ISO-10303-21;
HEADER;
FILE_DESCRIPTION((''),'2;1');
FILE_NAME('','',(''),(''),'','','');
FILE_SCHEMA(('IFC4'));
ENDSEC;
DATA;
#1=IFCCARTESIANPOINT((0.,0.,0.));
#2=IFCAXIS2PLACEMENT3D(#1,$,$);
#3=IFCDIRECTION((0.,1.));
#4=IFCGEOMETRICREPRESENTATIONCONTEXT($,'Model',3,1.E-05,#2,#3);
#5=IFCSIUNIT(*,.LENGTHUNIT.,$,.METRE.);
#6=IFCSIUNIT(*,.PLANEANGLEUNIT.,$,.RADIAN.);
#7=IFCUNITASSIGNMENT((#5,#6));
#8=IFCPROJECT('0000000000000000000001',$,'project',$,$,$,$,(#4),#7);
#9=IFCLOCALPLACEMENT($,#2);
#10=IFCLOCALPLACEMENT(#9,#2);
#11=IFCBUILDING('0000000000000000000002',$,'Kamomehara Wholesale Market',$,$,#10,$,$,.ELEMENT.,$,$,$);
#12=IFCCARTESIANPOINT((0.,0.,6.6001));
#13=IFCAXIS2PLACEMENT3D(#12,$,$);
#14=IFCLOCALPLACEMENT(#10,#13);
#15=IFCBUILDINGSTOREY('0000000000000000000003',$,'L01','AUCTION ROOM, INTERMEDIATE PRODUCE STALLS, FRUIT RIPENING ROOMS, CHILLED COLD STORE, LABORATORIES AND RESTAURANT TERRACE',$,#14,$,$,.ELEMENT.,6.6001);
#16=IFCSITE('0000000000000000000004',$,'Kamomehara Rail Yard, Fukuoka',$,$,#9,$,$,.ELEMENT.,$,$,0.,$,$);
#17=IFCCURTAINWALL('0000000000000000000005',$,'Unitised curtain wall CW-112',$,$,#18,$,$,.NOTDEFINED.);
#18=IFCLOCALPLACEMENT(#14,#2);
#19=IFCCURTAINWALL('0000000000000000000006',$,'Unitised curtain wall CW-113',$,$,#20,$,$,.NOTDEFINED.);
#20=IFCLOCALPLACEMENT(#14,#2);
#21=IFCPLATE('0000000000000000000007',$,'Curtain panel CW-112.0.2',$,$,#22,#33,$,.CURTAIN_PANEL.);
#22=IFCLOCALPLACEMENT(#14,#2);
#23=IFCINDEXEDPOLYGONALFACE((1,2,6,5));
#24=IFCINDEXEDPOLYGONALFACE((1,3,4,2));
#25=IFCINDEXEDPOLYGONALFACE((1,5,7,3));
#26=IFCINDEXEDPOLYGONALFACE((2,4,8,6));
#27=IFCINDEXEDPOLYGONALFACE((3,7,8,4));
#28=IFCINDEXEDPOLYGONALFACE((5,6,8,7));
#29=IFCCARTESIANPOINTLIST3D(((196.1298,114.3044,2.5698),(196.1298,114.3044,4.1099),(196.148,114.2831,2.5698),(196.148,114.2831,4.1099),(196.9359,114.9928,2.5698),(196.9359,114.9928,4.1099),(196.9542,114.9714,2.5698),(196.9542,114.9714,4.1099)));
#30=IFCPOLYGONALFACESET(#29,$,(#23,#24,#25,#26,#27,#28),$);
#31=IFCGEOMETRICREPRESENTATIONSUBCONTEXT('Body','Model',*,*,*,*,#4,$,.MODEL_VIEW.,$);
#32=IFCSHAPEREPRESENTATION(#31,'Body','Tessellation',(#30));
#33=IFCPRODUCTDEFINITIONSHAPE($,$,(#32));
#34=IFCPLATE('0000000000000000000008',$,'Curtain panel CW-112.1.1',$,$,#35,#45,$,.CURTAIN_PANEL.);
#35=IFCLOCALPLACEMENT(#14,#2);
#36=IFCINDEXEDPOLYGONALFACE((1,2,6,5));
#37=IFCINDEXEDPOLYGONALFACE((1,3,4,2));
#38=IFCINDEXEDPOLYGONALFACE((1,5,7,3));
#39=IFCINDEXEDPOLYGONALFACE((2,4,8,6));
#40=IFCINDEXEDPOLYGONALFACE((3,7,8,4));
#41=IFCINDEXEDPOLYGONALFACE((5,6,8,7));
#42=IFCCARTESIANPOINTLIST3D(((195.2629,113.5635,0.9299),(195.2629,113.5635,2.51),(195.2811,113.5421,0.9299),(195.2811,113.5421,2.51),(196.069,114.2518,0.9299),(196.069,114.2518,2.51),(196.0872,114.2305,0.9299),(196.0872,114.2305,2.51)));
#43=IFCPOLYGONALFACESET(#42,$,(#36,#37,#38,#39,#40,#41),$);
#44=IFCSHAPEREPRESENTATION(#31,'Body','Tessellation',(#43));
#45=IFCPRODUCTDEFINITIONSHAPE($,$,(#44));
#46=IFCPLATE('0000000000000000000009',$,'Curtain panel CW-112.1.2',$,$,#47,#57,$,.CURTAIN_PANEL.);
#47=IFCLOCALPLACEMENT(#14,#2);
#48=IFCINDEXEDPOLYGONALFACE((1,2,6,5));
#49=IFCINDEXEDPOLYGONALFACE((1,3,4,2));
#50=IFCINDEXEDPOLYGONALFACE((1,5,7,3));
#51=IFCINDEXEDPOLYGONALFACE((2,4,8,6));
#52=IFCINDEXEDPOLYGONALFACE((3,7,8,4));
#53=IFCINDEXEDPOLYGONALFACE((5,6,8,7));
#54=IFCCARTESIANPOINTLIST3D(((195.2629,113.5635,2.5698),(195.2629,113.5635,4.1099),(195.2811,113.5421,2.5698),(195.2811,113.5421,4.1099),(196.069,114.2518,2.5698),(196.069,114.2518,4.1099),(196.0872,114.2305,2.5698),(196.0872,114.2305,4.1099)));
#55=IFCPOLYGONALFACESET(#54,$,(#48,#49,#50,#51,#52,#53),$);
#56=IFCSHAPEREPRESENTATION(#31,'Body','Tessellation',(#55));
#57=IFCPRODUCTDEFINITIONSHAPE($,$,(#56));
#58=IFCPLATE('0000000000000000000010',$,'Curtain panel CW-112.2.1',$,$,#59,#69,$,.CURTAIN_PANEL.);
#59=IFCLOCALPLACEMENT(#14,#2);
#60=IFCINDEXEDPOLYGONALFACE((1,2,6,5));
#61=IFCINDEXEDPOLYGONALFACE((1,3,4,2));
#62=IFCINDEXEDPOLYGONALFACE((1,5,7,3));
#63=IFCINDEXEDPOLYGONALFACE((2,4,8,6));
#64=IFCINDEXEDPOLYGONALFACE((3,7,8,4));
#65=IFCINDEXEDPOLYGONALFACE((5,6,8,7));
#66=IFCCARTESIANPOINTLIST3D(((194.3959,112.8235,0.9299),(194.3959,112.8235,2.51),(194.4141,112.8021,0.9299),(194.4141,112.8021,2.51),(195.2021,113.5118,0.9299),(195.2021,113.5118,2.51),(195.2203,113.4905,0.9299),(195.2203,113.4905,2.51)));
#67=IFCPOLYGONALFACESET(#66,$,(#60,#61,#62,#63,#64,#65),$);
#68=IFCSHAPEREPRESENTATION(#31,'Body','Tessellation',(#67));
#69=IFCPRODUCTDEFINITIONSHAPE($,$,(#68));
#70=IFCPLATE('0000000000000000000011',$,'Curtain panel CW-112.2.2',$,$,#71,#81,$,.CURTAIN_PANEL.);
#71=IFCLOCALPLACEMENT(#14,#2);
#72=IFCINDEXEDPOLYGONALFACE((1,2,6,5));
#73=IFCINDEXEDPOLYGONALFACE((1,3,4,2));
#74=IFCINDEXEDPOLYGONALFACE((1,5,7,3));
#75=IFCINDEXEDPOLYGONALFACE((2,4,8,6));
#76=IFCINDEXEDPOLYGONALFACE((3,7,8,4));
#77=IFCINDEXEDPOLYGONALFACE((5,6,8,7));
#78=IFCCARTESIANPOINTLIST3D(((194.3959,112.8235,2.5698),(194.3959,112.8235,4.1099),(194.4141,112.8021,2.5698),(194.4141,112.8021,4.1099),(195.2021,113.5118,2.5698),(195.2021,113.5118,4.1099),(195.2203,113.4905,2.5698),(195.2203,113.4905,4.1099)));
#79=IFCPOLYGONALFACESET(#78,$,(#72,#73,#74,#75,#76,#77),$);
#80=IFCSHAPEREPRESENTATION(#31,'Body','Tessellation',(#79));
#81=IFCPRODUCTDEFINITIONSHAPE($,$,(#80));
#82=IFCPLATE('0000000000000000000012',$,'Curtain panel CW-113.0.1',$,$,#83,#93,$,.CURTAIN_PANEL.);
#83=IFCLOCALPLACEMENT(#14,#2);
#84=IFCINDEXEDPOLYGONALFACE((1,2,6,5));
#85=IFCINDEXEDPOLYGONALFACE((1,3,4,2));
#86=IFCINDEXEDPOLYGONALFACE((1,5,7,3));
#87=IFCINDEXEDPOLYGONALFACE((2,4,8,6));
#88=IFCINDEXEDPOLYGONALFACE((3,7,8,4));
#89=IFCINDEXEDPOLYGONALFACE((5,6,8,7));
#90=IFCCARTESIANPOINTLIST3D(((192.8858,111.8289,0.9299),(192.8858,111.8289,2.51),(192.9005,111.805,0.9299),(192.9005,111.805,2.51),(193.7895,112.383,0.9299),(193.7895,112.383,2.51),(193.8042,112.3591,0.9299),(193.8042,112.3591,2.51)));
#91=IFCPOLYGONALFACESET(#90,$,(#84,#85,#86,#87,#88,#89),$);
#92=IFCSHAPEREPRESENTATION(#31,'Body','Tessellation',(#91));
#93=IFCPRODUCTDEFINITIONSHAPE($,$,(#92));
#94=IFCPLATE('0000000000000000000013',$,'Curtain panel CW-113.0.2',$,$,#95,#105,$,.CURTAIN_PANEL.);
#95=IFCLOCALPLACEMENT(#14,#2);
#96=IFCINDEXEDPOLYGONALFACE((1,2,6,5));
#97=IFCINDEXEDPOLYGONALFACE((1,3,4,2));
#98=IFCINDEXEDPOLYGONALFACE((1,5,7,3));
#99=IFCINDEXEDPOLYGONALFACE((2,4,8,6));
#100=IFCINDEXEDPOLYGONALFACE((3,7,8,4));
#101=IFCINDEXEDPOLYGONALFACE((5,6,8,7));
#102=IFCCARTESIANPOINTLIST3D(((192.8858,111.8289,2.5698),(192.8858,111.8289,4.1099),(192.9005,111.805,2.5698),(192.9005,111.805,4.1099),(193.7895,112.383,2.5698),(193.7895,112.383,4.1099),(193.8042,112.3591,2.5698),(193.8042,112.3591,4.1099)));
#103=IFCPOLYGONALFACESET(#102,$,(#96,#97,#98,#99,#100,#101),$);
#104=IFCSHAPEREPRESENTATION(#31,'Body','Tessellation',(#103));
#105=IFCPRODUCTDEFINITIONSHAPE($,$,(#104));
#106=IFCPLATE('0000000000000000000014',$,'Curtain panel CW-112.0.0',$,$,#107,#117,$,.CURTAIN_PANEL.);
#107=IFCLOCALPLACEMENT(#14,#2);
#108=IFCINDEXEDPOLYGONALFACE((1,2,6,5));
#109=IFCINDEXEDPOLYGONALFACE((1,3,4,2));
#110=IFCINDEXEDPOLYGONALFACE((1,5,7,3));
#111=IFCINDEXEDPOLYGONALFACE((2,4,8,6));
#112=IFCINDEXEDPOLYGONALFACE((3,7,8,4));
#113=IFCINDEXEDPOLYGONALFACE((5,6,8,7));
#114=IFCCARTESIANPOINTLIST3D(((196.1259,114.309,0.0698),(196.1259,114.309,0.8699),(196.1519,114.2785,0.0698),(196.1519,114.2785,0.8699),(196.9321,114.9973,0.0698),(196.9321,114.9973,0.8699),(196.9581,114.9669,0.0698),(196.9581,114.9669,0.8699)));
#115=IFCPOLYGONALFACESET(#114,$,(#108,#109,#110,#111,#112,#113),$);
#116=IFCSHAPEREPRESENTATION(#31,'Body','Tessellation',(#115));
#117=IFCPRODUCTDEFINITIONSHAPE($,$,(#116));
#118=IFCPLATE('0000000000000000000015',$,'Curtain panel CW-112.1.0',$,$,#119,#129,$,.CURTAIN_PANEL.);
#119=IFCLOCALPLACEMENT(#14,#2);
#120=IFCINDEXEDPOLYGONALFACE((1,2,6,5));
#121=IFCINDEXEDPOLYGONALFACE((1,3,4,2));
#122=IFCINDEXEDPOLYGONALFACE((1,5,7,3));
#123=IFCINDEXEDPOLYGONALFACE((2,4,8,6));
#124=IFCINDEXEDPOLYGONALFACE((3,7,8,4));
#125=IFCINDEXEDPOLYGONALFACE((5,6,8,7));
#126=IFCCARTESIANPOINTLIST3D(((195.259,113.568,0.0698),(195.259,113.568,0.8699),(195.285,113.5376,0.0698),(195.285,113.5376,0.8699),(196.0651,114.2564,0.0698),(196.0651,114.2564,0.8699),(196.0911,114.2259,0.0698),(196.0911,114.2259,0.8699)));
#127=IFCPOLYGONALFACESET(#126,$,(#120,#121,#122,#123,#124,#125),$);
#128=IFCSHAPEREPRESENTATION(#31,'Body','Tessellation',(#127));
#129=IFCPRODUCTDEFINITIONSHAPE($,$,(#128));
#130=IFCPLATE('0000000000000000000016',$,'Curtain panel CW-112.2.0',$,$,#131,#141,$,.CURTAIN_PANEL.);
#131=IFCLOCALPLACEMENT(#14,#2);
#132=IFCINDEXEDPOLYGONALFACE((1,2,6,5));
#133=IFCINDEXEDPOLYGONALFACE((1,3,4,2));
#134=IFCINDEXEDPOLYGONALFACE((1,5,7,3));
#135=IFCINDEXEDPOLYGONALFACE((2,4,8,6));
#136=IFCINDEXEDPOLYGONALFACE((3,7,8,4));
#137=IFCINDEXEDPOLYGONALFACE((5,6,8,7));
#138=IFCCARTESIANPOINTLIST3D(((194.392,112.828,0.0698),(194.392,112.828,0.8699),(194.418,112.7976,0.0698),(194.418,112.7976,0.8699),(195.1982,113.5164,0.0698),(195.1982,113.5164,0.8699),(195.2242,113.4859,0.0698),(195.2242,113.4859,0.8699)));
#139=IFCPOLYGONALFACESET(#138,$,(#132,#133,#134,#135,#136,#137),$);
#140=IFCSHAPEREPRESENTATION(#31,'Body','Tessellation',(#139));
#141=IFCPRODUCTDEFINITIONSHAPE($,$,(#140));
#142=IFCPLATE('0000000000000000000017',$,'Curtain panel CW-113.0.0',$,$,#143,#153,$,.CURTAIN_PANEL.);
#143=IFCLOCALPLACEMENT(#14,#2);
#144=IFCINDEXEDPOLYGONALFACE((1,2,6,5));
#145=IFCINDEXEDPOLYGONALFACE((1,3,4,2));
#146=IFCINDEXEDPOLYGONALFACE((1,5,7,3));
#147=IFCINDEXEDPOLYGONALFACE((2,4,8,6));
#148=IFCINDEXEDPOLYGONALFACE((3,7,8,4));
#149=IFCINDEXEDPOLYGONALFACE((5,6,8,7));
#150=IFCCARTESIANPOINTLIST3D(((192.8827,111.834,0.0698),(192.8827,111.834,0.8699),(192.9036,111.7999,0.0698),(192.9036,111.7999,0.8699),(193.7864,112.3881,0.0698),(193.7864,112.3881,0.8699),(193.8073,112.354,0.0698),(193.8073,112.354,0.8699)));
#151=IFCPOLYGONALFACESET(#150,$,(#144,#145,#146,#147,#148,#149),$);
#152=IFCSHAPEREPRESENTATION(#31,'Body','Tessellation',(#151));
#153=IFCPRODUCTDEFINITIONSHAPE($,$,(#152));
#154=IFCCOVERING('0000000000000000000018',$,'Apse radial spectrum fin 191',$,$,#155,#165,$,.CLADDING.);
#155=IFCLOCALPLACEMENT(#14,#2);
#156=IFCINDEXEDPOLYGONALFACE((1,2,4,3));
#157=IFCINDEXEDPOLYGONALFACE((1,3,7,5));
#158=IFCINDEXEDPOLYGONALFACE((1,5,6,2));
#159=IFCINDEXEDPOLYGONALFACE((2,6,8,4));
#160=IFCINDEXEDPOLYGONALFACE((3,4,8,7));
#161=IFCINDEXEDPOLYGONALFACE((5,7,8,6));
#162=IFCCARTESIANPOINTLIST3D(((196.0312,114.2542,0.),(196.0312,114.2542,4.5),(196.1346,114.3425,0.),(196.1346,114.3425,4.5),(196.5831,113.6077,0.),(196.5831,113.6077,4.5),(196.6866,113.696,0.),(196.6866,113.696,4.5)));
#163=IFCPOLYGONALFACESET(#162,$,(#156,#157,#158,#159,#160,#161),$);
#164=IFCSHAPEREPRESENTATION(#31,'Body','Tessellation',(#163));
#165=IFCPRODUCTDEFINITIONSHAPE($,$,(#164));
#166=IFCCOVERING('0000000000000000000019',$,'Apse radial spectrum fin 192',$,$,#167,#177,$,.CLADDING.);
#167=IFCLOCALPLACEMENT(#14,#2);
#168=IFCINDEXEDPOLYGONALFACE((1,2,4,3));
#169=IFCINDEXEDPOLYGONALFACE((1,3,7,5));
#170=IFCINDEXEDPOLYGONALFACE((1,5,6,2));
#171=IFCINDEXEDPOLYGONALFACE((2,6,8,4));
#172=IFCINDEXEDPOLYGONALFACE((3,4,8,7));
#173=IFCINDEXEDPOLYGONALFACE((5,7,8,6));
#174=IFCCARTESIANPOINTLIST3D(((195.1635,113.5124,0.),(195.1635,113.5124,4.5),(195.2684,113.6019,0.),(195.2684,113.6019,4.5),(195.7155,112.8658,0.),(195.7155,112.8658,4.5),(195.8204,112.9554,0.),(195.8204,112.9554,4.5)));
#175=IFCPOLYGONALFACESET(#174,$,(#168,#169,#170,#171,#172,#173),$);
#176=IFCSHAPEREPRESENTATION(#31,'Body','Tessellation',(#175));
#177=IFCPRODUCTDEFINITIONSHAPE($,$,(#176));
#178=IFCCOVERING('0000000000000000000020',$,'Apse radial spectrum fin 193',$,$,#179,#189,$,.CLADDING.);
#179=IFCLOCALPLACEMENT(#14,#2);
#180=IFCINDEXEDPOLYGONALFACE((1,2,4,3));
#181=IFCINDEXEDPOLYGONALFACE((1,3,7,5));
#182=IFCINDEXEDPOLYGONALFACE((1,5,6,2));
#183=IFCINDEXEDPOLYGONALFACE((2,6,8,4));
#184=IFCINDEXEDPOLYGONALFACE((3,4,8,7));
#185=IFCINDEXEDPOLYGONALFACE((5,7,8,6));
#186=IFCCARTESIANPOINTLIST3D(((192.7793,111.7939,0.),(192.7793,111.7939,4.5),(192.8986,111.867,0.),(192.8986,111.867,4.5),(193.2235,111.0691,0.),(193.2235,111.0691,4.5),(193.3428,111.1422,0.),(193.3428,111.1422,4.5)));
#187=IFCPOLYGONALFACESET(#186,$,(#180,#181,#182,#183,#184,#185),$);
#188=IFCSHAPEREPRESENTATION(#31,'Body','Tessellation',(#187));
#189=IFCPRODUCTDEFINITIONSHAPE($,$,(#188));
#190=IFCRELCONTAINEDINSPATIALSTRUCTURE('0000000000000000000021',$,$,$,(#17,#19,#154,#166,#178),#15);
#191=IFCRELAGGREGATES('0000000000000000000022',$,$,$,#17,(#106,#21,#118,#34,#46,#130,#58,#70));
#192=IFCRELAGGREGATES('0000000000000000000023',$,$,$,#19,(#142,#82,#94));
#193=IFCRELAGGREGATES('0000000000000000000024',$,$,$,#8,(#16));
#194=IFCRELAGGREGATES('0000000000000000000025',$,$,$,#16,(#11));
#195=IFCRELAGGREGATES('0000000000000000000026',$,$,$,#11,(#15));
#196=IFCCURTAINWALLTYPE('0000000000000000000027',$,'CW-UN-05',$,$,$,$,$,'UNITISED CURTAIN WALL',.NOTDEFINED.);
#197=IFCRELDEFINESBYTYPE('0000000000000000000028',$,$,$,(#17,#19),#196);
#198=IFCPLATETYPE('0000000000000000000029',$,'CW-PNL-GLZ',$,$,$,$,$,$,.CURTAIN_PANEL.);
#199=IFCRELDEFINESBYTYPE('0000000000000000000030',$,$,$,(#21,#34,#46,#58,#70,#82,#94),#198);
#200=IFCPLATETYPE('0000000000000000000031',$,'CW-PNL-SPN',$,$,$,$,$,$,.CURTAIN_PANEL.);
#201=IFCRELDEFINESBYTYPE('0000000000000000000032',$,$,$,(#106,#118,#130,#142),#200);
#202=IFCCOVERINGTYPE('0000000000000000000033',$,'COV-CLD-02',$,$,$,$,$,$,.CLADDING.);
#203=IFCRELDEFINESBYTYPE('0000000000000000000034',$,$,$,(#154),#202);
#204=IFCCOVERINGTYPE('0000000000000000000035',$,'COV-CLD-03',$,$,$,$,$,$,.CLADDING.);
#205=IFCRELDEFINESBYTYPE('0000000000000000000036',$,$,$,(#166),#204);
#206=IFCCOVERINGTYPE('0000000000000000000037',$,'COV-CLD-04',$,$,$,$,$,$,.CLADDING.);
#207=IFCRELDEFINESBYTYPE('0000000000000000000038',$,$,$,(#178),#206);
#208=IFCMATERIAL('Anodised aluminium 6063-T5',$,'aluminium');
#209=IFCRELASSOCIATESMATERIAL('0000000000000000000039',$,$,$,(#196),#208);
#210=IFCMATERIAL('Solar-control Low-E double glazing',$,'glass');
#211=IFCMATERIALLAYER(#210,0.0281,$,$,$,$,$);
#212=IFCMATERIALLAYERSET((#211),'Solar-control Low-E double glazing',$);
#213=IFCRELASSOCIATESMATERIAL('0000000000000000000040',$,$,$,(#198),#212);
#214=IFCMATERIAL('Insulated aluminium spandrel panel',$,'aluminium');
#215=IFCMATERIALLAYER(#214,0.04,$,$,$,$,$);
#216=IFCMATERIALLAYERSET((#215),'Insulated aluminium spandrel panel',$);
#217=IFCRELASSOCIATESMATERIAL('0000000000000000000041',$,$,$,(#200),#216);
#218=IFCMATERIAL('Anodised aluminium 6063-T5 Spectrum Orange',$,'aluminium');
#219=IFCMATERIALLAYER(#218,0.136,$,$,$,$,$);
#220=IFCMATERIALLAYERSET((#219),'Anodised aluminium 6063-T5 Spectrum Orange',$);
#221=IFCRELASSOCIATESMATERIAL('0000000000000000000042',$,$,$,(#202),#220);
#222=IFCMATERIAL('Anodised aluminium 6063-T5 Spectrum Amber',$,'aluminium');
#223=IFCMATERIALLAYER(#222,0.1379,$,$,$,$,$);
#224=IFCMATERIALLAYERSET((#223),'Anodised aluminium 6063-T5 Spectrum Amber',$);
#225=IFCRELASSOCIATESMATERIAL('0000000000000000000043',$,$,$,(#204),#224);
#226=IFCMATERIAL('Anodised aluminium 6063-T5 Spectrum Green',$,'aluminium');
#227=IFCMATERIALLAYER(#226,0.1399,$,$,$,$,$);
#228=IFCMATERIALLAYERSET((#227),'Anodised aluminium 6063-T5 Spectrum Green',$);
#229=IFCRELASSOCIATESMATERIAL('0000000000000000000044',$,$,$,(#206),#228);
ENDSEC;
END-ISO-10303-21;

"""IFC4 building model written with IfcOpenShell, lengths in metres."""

from ifc_helpers import new_model, si_unit, direction, frame, origin, origin_2d, place, context, subcontext, project, spatial, rectangle, extrude, material, layer, layer_set, type_object, element, aggregate, save


model = new_model("IFC4")

# Units and contexts
model_context = context("Model", 3, precision=1e-05, world=origin(), true_north=direction((0.0, 1.0)))
body_context = subcontext(model_context, "Body", "Model", "MODEL_VIEW")
ifc_project = project(units=[si_unit("LENGTHUNIT", "METRE"), si_unit("PLANEANGLEUNIT", "RADIAN")], contexts=[model_context])

# Site, building, storey
site_placement = place(None, origin())
site = spatial("IfcSite", under=ifc_project, at=site_placement, Name="Kamomehara Rail Yard, Fukuoka", CompositionType="ELEMENT", RefElevation=0.0)
building_placement = place(site_placement, origin())
building = spatial("IfcBuilding", under=site, at=building_placement, Name="Kamomehara Wholesale Market", CompositionType="ELEMENT")
storey_placement = place(building_placement, frame((0.0, 0.0, 6.6001)))
storey = spatial("IfcBuildingStorey", under=building, at=storey_placement, Name="L01", Description="AUCTION ROOM, INTERMEDIATE PRODUCE STALLS, FRUIT RIPENING ROOMS, CHILLED COLD STORE, LABORATORIES AND RESTAURANT TERRACE", CompositionType="ELEMENT", Elevation=6.6001)

# Curtain walls
ifc_material_1 = material(Name="Anodised aluminium 6063-T5", Category="aluminium")
curtain_wall_type = type_object("IfcCurtainWallType", Name="CW-UN-05", ElementType="UNITISED CURTAIN WALL", PredefinedType="NOTDEFINED", material=ifc_material_1)
curtain_wall_1_placement = place(storey_placement, origin())
curtain_wall_1 = element("IfcCurtainWall", 1, at=curtain_wall_1_placement, inside=storey, type_object=curtain_wall_type, Name="Unitised curtain wall CW-112", PredefinedType="NOTDEFINED")
curtain_wall_2_placement = place(storey_placement, origin())
curtain_wall_2 = element("IfcCurtainWall", 2, at=curtain_wall_2_placement, inside=storey, type_object=curtain_wall_type, Name="Unitised curtain wall CW-113", PredefinedType="NOTDEFINED")

# Plates
ifc_material_2 = material(Name="Solar-control Low-E double glazing", Category="glass")
ifc_layer_1 = layer(ifc_material_2, 0.0281)
ifc_layer_set_1 = layer_set([ifc_layer_1], Name="Solar-control Low-E double glazing")
plate_type_1 = type_object("IfcPlateType", Name="CW-PNL-GLZ", PredefinedType="CURTAIN_PANEL", material=ifc_layer_set_1)
plate_1_placement = place(storey_placement, frame((196.542, 114.6379, 2.5698), z_axis=(0.0, 0.0, 1.0), x_axis=(-0.760474, -0.649368, 0.0)))
plate_1 = element("IfcPlate", 3, at=plate_1_placement, type_object=plate_type_1, Name="Curtain panel CW-112.0.2", PredefinedType="CURTAIN_PANEL", context=body_context, shape_type="SweptSolid", body=[
    extrude(rectangle(XDim=1.0601, YDim=0.0281, at=origin_2d()), origin(), (0.0, 0.0, 1.0), 1.54),
])
plate_2_placement = place(storey_placement, frame((195.675, 113.897, 0.9299), z_axis=(0.0, 0.0, 1.0), x_axis=(-0.760474, -0.649368, 0.0)))
plate_2 = element("IfcPlate", 4, at=plate_2_placement, type_object=plate_type_1, Name="Curtain panel CW-112.1.1", PredefinedType="CURTAIN_PANEL", context=body_context, shape_type="SweptSolid", body=[
    extrude(rectangle(XDim=1.0601, YDim=0.0281, at=origin_2d()), origin(), (0.0, 0.0, 1.0), 1.5801),
])
plate_3_placement = place(storey_placement, frame((195.675, 113.897, 2.5698), z_axis=(0.0, 0.0, 1.0), x_axis=(-0.760474, -0.649368, 0.0)))
plate_3 = element("IfcPlate", 5, at=plate_3_placement, type_object=plate_type_1, Name="Curtain panel CW-112.1.2", PredefinedType="CURTAIN_PANEL", context=body_context, shape_type="SweptSolid", body=[
    extrude(rectangle(XDim=1.0601, YDim=0.0281, at=origin_2d()), origin(), (0.0, 0.0, 1.0), 1.54),
])
plate_4_placement = place(storey_placement, frame((194.8081, 113.157, 0.9299), z_axis=(0.0, 0.0, 1.0), x_axis=(-0.760474, -0.649368, 0.0)))
plate_4 = element("IfcPlate", 6, at=plate_4_placement, type_object=plate_type_1, Name="Curtain panel CW-112.2.1", PredefinedType="CURTAIN_PANEL", context=body_context, shape_type="SweptSolid", body=[
    extrude(rectangle(XDim=1.0601, YDim=0.0281, at=origin_2d()), origin(), (0.0, 0.0, 1.0), 1.5801),
])
plate_5_placement = place(storey_placement, frame((194.8081, 113.157, 2.5698), z_axis=(0.0, 0.0, 1.0), x_axis=(-0.760474, -0.649368, 0.0)))
plate_5 = element("IfcPlate", 7, at=plate_5_placement, type_object=plate_type_1, Name="Curtain panel CW-112.2.2", PredefinedType="CURTAIN_PANEL", context=body_context, shape_type="SweptSolid", body=[
    extrude(rectangle(XDim=1.0601, YDim=0.0281, at=origin_2d()), origin(), (0.0, 0.0, 1.0), 1.54),
])
plate_6_placement = place(storey_placement, frame((193.345, 112.094, 0.9299), z_axis=(0.0, 0.0, 1.0), x_axis=(-0.852503, -0.522722, 0.0)))
plate_6 = element("IfcPlate", 8, at=plate_6_placement, type_object=plate_type_1, Name="Curtain panel CW-113.0.1", PredefinedType="CURTAIN_PANEL", context=body_context, shape_type="SweptSolid", body=[
    extrude(rectangle(XDim=1.0601, YDim=0.0281, at=origin_2d()), origin(), (0.0, 0.0, 1.0), 1.5801),
])
plate_7_placement = place(storey_placement, frame((193.345, 112.094, 2.5698), z_axis=(0.0, 0.0, 1.0), x_axis=(-0.852503, -0.522722, 0.0)))
plate_7 = element("IfcPlate", 9, at=plate_7_placement, type_object=plate_type_1, Name="Curtain panel CW-113.0.2", PredefinedType="CURTAIN_PANEL", context=body_context, shape_type="SweptSolid", body=[
    extrude(rectangle(XDim=1.0601, YDim=0.0281, at=origin_2d()), origin(), (0.0, 0.0, 1.0), 1.54),
])
ifc_material_3 = material(Name="Insulated aluminium spandrel panel", Category="aluminium")
ifc_layer_2 = layer(ifc_material_3, 0.04)
ifc_layer_set_2 = layer_set([ifc_layer_2], Name="Insulated aluminium spandrel panel")
plate_type_2 = type_object("IfcPlateType", Name="CW-PNL-SPN", PredefinedType="CURTAIN_PANEL", material=ifc_layer_set_2)
plate_8_placement = place(storey_placement, frame((196.542, 114.6379, 0.0698), z_axis=(0.0, 0.0, 1.0), x_axis=(-0.760474, -0.649368, 0.0)))
plate_8 = element("IfcPlate", 10, at=plate_8_placement, type_object=plate_type_2, Name="Curtain panel CW-112.0.0", PredefinedType="CURTAIN_PANEL", context=body_context, shape_type="SweptSolid", body=[
    extrude(rectangle(XDim=1.0601, YDim=0.04, at=origin_2d()), origin(), (0.0, 0.0, 1.0), 0.8),
])
plate_9_placement = place(storey_placement, frame((195.675, 113.897, 0.0698), z_axis=(0.0, 0.0, 1.0), x_axis=(-0.760474, -0.649368, 0.0)))
plate_9 = element("IfcPlate", 11, at=plate_9_placement, type_object=plate_type_2, Name="Curtain panel CW-112.1.0", PredefinedType="CURTAIN_PANEL", context=body_context, shape_type="SweptSolid", body=[
    extrude(rectangle(XDim=1.0601, YDim=0.04, at=origin_2d()), origin(), (0.0, 0.0, 1.0), 0.8),
])
plate_10_placement = place(storey_placement, frame((194.8081, 113.157, 0.0698), z_axis=(0.0, 0.0, 1.0), x_axis=(-0.760474, -0.649368, 0.0)))
plate_10 = element("IfcPlate", 12, at=plate_10_placement, type_object=plate_type_2, Name="Curtain panel CW-112.2.0", PredefinedType="CURTAIN_PANEL", context=body_context, shape_type="SweptSolid", body=[
    extrude(rectangle(XDim=1.0601, YDim=0.04, at=origin_2d()), origin(), (0.0, 0.0, 1.0), 0.8),
])
aggregate(curtain_wall_1, [plate_8, plate_1, plate_9, plate_2, plate_3, plate_10, plate_4, plate_5])
plate_11_placement = place(storey_placement, frame((193.345, 112.094, 0.0698), z_axis=(0.0, 0.0, 1.0), x_axis=(-0.852503, -0.522722, 0.0)))
plate_11 = element("IfcPlate", 13, at=plate_11_placement, type_object=plate_type_2, Name="Curtain panel CW-113.0.0", PredefinedType="CURTAIN_PANEL", context=body_context, shape_type="SweptSolid", body=[
    extrude(rectangle(XDim=1.0601, YDim=0.04, at=origin_2d()), origin(), (0.0, 0.0, 1.0), 0.8),
])
aggregate(curtain_wall_2, [plate_11, plate_6, plate_7])

# Coverings
ifc_material_4 = material(Name="Anodised aluminium 6063-T5 Spectrum Orange", Category="aluminium")
ifc_layer_3 = layer(ifc_material_4, 0.136)
ifc_layer_set_3 = layer_set([ifc_layer_3], Name="Anodised aluminium 6063-T5 Spectrum Orange")
covering_type_1 = type_object("IfcCoveringType", Name="COV-CLD-02", PredefinedType="CLADDING", material=ifc_layer_set_3)
covering_1_placement = place(storey_placement, frame((196.3589, 113.9751, 0.0), z_axis=(0.0, 0.0, 1.0), x_axis=(-0.760553, -0.649276, 0.0)))
element("IfcCovering", 14, at=covering_1_placement, inside=storey, type_object=covering_type_1, Name="Apse radial spectrum fin 191", PredefinedType="CLADDING", context=body_context, shape_type="SweptSolid", body=[
    extrude(rectangle(XDim=0.136, YDim=0.8501, at=origin_2d()), origin(), (0.0, 0.0, 1.0), 4.5),
])
ifc_material_5 = material(Name="Anodised aluminium 6063-T5 Spectrum Amber", Category="aluminium")
ifc_layer_4 = layer(ifc_material_5, 0.1379)
ifc_layer_set_4 = layer_set([ifc_layer_4], Name="Anodised aluminium 6063-T5 Spectrum Amber")
covering_type_2 = type_object("IfcCoveringType", Name="COV-CLD-03", PredefinedType="CLADDING", material=ifc_layer_set_4)
covering_2_placement = place(storey_placement, frame((195.4919, 113.2339, 0.0), z_axis=(0.0, 0.0, 1.0), x_axis=(-0.760553, -0.649276, 0.0)))
element("IfcCovering", 15, at=covering_2_placement, inside=storey, type_object=covering_type_2, Name="Apse radial spectrum fin 192", PredefinedType="CLADDING", context=body_context, shape_type="SweptSolid", body=[
    extrude(rectangle(XDim=0.1379, YDim=0.8501, at=origin_2d()), origin(), (0.0, 0.0, 1.0), 4.5),
])
ifc_material_6 = material(Name="Anodised aluminium 6063-T5 Spectrum Green", Category="aluminium")
ifc_layer_5 = layer(ifc_material_6, 0.1399)
ifc_layer_set_5 = layer_set([ifc_layer_5], Name="Anodised aluminium 6063-T5 Spectrum Green")
covering_type_3 = type_object("IfcCoveringType", Name="COV-CLD-04", PredefinedType="CLADDING", material=ifc_layer_set_5)
covering_3_placement = place(storey_placement, frame((193.061, 111.468, 0.0), z_axis=(0.0, 0.0, 1.0), x_axis=(-0.852604, -0.522558, 0.0)))
element("IfcCovering", 16, at=covering_3_placement, inside=storey, type_object=covering_type_3, Name="Apse radial spectrum fin 193", PredefinedType="CLADDING", context=body_context, shape_type="SweptSolid", body=[
    extrude(rectangle(XDim=0.1399, YDim=0.8501, at=origin_2d()), origin(), (0.0, 0.0, 1.0), 4.5),
])

save(model, "model.ifc")
